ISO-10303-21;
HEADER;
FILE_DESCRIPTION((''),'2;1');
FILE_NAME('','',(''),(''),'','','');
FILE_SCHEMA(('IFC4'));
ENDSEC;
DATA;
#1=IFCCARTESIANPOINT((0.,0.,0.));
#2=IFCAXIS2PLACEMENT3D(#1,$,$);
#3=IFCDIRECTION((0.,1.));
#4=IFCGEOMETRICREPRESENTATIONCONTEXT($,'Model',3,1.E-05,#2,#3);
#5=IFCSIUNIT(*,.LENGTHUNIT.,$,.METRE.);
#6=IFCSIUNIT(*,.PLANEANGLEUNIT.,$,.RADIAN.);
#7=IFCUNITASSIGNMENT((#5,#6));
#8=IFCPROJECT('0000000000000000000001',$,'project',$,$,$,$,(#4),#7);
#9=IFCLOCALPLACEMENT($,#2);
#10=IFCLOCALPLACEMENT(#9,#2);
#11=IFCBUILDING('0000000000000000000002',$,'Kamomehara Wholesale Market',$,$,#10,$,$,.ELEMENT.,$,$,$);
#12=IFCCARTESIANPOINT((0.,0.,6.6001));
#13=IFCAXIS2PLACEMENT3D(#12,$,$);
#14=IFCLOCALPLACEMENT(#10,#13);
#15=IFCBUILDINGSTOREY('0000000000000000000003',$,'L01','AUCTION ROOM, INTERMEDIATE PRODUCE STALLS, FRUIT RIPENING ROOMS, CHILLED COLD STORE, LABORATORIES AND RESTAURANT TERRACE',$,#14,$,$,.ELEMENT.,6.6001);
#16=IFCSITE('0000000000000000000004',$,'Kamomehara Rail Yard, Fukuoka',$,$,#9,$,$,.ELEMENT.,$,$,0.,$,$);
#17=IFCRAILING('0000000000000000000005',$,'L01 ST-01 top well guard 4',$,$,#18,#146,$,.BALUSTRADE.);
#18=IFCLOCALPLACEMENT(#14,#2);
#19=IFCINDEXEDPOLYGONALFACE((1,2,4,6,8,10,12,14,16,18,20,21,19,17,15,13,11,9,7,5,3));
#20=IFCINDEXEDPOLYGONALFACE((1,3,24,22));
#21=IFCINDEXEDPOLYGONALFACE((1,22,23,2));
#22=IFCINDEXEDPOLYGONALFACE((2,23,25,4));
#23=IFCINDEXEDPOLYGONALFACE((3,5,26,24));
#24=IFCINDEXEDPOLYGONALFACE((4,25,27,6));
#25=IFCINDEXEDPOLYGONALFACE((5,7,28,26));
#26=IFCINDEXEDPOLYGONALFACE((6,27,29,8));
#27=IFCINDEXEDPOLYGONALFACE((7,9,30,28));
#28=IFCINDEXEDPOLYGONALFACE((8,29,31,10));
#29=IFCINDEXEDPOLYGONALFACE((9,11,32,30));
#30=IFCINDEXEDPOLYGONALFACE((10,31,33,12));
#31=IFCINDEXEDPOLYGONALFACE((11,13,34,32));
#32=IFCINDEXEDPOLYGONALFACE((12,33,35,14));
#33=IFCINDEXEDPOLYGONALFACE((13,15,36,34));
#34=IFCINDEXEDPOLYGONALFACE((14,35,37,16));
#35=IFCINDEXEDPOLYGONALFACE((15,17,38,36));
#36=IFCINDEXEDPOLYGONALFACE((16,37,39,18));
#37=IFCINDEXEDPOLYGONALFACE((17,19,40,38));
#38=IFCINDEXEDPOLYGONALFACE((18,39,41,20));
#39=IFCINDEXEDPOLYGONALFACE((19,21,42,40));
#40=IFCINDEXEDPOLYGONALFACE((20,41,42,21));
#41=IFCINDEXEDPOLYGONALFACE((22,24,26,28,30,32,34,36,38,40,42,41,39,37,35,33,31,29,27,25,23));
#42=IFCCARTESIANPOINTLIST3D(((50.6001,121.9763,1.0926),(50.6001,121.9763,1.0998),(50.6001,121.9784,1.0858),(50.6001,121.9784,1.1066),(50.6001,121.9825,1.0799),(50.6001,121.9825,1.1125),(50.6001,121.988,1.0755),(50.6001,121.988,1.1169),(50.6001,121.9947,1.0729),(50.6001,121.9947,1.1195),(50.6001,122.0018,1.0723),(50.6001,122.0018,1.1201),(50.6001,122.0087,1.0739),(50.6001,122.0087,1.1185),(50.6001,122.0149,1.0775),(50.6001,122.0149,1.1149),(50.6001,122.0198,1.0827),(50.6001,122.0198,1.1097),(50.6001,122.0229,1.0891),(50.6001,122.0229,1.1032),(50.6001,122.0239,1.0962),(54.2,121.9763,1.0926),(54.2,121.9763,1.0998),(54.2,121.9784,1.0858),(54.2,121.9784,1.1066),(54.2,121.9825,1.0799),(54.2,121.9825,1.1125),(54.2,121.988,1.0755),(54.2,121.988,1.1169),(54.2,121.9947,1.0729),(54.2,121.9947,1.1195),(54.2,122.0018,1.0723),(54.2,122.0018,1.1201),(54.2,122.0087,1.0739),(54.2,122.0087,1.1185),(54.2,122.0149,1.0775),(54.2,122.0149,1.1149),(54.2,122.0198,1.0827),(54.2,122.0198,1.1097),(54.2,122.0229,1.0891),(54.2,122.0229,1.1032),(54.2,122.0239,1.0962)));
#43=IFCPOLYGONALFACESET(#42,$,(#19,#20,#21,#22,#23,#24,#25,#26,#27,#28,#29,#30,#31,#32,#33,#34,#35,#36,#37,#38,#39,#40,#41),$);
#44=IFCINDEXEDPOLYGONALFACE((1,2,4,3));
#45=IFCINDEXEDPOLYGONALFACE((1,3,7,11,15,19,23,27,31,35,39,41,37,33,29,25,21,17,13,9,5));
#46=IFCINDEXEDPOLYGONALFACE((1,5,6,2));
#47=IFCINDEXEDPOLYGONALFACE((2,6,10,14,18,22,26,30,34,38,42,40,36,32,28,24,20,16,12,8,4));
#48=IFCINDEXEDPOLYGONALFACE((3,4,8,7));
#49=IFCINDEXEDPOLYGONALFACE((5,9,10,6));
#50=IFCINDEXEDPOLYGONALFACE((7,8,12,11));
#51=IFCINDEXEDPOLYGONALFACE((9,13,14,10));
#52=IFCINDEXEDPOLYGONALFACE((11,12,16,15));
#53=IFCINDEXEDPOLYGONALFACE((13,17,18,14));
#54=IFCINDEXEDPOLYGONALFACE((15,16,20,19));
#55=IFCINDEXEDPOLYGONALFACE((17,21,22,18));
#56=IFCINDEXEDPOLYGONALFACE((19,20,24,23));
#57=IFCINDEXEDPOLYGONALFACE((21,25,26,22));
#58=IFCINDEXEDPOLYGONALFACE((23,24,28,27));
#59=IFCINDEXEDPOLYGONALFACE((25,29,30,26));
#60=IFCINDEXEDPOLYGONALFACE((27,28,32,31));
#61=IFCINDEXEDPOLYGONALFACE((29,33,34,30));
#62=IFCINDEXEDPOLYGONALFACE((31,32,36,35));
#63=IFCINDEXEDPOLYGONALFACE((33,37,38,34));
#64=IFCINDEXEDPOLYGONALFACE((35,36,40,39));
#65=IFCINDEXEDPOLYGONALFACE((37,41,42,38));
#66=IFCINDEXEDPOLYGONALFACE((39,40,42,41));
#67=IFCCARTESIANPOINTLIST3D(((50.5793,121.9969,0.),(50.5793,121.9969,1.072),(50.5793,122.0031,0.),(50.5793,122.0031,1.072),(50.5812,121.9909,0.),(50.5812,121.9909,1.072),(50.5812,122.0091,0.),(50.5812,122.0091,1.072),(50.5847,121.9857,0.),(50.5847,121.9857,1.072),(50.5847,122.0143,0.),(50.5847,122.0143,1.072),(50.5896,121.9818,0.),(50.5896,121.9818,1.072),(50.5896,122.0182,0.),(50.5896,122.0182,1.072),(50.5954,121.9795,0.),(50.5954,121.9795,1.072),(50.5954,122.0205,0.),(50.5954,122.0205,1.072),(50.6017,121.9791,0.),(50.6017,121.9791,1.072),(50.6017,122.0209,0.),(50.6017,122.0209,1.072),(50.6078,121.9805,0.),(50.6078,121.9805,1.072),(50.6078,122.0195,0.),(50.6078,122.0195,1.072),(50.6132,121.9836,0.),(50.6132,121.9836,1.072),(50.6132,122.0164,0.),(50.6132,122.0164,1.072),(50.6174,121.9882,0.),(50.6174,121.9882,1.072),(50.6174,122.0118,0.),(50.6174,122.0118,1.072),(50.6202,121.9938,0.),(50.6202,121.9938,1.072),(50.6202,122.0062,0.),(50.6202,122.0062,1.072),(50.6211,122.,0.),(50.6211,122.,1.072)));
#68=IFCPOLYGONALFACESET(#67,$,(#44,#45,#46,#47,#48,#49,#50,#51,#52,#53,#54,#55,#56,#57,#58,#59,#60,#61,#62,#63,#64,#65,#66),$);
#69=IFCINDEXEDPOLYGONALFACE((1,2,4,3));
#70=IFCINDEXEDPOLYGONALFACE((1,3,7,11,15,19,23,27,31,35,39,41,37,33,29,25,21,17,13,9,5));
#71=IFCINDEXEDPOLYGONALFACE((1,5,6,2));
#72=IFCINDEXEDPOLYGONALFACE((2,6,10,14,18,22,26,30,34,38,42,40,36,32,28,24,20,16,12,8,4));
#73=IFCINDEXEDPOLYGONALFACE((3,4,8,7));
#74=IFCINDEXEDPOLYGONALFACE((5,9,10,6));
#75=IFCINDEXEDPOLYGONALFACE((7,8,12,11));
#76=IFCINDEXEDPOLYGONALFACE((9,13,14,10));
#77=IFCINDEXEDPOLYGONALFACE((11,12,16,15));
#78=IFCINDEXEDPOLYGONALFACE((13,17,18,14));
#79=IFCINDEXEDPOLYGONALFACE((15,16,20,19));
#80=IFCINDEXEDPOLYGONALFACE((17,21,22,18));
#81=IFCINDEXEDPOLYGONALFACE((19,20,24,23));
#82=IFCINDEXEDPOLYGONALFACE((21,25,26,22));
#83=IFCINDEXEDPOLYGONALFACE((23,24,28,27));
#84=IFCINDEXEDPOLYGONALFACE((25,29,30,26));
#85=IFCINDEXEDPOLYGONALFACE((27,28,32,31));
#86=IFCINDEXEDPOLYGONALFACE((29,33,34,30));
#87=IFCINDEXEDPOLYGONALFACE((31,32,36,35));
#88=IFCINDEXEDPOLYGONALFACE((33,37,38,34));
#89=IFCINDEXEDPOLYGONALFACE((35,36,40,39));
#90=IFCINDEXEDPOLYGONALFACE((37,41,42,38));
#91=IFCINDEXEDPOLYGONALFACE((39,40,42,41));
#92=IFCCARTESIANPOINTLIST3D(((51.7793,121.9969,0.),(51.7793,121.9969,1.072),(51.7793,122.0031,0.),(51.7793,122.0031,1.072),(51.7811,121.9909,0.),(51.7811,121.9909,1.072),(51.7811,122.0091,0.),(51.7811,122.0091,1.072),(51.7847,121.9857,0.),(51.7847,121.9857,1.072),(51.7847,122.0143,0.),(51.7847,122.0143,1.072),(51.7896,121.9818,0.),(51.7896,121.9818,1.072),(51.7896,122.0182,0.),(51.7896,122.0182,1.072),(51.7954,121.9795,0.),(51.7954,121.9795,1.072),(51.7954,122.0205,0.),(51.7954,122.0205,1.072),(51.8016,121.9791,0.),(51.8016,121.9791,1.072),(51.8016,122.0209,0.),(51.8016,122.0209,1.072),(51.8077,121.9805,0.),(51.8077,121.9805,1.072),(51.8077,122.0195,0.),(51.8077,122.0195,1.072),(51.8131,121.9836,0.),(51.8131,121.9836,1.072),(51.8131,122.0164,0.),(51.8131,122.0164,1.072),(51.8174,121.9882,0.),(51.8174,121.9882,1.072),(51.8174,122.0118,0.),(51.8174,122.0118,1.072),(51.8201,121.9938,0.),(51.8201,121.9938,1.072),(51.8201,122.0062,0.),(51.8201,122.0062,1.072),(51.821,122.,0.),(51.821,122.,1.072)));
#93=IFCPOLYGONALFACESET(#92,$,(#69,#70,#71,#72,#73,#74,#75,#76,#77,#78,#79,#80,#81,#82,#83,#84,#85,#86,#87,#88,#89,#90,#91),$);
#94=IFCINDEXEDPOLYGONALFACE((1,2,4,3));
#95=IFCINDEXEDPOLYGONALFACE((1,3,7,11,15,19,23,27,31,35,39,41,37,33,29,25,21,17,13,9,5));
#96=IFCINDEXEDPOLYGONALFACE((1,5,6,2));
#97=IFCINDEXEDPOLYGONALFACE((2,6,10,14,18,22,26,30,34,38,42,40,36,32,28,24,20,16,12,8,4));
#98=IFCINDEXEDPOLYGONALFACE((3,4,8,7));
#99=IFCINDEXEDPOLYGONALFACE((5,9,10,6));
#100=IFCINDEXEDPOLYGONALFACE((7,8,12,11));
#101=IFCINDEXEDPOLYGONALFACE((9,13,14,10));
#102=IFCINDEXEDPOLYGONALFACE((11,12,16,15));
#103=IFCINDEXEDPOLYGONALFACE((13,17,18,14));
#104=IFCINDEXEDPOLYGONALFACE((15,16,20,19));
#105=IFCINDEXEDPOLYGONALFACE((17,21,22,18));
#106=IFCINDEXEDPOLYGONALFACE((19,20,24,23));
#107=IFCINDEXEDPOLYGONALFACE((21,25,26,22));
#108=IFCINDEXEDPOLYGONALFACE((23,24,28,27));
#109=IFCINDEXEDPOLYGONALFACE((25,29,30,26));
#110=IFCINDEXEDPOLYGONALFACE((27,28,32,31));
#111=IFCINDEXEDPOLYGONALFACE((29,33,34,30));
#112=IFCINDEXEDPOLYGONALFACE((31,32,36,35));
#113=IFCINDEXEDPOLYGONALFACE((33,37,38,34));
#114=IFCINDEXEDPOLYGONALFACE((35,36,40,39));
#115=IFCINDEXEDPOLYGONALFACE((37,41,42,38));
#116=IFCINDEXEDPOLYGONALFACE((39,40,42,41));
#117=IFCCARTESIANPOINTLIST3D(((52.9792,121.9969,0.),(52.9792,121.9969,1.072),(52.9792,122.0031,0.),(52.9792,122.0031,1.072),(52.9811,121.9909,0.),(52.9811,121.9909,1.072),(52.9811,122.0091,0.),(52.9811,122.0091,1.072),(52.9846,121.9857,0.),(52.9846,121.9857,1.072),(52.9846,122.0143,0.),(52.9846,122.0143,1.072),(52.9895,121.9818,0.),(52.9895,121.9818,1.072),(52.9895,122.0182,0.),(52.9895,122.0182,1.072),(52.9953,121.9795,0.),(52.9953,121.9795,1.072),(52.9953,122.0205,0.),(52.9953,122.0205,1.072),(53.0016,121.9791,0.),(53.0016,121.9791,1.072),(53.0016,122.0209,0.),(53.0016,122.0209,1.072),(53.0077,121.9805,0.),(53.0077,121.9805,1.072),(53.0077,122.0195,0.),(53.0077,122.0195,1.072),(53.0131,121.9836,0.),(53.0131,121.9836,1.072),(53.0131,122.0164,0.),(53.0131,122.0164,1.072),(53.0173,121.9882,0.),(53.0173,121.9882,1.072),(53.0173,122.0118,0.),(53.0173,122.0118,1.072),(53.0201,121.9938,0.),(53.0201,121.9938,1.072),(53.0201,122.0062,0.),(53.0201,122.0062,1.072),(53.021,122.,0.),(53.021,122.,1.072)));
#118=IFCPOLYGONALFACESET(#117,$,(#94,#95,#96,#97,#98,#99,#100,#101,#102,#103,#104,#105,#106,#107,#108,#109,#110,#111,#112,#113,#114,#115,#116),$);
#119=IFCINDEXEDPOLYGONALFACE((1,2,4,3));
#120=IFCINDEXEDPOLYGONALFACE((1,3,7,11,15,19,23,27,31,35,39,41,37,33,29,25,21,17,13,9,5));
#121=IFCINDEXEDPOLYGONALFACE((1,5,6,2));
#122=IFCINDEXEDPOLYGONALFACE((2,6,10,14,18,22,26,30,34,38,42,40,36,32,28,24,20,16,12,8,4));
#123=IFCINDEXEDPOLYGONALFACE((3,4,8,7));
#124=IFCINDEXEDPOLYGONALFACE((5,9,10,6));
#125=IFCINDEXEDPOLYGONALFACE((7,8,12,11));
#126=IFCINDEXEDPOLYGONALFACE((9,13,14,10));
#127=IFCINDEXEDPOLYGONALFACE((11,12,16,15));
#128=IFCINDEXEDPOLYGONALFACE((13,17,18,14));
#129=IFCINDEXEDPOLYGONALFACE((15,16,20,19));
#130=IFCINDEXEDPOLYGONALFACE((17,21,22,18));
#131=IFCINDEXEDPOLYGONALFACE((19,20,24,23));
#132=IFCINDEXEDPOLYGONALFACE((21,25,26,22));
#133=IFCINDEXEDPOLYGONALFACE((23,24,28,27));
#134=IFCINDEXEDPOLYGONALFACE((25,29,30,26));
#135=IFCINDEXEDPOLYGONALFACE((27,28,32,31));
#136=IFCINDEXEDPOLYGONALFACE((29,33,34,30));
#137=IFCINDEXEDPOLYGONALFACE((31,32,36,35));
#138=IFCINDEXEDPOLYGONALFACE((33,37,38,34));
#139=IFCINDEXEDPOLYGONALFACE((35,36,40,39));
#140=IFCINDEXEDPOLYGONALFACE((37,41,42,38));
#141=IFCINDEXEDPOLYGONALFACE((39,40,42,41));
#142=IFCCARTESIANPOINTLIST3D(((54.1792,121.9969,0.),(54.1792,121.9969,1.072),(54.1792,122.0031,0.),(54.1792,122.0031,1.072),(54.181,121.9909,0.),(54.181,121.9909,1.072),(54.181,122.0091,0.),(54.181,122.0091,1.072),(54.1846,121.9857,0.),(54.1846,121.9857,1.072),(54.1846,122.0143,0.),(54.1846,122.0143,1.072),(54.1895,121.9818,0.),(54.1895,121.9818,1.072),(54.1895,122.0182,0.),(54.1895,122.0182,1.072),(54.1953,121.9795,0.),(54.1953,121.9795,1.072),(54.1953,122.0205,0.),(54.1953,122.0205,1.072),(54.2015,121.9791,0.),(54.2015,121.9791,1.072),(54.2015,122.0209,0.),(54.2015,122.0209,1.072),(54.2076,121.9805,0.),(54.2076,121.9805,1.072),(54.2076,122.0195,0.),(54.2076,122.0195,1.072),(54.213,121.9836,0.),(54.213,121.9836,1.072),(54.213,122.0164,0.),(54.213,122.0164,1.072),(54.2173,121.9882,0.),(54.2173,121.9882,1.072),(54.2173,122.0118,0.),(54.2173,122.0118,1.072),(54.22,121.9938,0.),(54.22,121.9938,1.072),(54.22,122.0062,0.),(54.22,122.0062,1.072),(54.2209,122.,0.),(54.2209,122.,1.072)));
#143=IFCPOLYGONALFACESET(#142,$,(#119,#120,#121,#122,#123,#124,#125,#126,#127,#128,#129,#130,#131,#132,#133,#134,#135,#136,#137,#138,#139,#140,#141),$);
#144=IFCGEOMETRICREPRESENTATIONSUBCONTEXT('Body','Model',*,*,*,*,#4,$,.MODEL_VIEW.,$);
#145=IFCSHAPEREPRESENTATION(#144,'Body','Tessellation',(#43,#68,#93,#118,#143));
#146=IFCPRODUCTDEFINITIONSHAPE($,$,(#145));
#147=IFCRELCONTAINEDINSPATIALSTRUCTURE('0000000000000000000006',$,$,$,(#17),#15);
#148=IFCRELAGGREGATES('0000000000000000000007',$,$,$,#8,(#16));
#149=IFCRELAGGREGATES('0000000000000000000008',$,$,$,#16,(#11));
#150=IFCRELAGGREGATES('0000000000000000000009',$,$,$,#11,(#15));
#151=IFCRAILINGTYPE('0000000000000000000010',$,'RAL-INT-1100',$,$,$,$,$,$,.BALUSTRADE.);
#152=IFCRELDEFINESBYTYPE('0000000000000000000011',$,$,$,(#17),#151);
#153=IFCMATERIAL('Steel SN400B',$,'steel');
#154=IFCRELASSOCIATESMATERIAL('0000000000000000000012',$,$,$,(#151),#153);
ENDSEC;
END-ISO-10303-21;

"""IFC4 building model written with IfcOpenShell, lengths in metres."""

from ifc_helpers import new_model, si_unit, direction, frame, origin, origin_2d, place, context, subcontext, project, spatial, circle, extrude, material, type_object, element, save


model = new_model("IFC4")

# Units and contexts
model_context = context("Model", 3, precision=1e-05, world=origin(), true_north=direction((0.0, 1.0)))
body_context = subcontext(model_context, "Body", "Model", "MODEL_VIEW")
ifc_project = project(units=[si_unit("LENGTHUNIT", "METRE"), si_unit("PLANEANGLEUNIT", "RADIAN")], contexts=[model_context])

# Site, building, storey
site_placement = place(None, origin())
site = spatial("IfcSite", under=ifc_project, at=site_placement, Name="Kamomehara Rail Yard, Fukuoka", CompositionType="ELEMENT", RefElevation=0.0)
building_placement = place(site_placement, origin())
building = spatial("IfcBuilding", under=site, at=building_placement, Name="Kamomehara Wholesale Market", CompositionType="ELEMENT")
storey_placement = place(building_placement, frame((0.0, 0.0, 6.6001)))
storey = spatial("IfcBuildingStorey", under=building, at=storey_placement, Name="L01", Description="AUCTION ROOM, INTERMEDIATE PRODUCE STALLS, FRUIT RIPENING ROOMS, CHILLED COLD STORE, LABORATORIES AND RESTAURANT TERRACE", CompositionType="ELEMENT", Elevation=6.6001)

# Railing
ifc_material_1 = material(Name="Steel SN400B", Category="steel")
railing_type = type_object("IfcRailingType", Name="RAL-INT-1100", PredefinedType="BALUSTRADE", material=ifc_material_1)
railing_1_placement = place(storey_placement, frame((50.6001, 122.0, 0.0)))
element("IfcRailing", 1, at=railing_1_placement, inside=storey, type_object=railing_type, Name="L01 ST-01 top well guard 4", PredefinedType="BALUSTRADE", context=body_context, shape_type="SweptSolid", body=[
    extrude(circle(Radius=0.0239, at=origin_2d()), frame((0.0, 0.0, 1.0962), z_axis=(1.0, 0.0, 0.0), x_axis=(0.0, 1.0, 0.0)), (0.0, 0.0, 1.0), 3.5999),
    extrude(circle(Radius=0.021, at=origin_2d()), origin(), (0.0, 0.0, 1.0), 1.072),
    extrude(circle(Radius=0.021, at=origin_2d()), frame((1.2, 0.0, 0.0)), (0.0, 0.0, 1.0), 1.072),
    extrude(circle(Radius=0.021, at=origin_2d()), frame((2.3999, 0.0, 0.0)), (0.0, 0.0, 1.0), 1.072),
    extrude(circle(Radius=0.021, at=origin_2d()), frame((3.5999, 0.0, 0.0)), (0.0, 0.0, 1.0), 1.072),
])

save(model, "model.ifc")
